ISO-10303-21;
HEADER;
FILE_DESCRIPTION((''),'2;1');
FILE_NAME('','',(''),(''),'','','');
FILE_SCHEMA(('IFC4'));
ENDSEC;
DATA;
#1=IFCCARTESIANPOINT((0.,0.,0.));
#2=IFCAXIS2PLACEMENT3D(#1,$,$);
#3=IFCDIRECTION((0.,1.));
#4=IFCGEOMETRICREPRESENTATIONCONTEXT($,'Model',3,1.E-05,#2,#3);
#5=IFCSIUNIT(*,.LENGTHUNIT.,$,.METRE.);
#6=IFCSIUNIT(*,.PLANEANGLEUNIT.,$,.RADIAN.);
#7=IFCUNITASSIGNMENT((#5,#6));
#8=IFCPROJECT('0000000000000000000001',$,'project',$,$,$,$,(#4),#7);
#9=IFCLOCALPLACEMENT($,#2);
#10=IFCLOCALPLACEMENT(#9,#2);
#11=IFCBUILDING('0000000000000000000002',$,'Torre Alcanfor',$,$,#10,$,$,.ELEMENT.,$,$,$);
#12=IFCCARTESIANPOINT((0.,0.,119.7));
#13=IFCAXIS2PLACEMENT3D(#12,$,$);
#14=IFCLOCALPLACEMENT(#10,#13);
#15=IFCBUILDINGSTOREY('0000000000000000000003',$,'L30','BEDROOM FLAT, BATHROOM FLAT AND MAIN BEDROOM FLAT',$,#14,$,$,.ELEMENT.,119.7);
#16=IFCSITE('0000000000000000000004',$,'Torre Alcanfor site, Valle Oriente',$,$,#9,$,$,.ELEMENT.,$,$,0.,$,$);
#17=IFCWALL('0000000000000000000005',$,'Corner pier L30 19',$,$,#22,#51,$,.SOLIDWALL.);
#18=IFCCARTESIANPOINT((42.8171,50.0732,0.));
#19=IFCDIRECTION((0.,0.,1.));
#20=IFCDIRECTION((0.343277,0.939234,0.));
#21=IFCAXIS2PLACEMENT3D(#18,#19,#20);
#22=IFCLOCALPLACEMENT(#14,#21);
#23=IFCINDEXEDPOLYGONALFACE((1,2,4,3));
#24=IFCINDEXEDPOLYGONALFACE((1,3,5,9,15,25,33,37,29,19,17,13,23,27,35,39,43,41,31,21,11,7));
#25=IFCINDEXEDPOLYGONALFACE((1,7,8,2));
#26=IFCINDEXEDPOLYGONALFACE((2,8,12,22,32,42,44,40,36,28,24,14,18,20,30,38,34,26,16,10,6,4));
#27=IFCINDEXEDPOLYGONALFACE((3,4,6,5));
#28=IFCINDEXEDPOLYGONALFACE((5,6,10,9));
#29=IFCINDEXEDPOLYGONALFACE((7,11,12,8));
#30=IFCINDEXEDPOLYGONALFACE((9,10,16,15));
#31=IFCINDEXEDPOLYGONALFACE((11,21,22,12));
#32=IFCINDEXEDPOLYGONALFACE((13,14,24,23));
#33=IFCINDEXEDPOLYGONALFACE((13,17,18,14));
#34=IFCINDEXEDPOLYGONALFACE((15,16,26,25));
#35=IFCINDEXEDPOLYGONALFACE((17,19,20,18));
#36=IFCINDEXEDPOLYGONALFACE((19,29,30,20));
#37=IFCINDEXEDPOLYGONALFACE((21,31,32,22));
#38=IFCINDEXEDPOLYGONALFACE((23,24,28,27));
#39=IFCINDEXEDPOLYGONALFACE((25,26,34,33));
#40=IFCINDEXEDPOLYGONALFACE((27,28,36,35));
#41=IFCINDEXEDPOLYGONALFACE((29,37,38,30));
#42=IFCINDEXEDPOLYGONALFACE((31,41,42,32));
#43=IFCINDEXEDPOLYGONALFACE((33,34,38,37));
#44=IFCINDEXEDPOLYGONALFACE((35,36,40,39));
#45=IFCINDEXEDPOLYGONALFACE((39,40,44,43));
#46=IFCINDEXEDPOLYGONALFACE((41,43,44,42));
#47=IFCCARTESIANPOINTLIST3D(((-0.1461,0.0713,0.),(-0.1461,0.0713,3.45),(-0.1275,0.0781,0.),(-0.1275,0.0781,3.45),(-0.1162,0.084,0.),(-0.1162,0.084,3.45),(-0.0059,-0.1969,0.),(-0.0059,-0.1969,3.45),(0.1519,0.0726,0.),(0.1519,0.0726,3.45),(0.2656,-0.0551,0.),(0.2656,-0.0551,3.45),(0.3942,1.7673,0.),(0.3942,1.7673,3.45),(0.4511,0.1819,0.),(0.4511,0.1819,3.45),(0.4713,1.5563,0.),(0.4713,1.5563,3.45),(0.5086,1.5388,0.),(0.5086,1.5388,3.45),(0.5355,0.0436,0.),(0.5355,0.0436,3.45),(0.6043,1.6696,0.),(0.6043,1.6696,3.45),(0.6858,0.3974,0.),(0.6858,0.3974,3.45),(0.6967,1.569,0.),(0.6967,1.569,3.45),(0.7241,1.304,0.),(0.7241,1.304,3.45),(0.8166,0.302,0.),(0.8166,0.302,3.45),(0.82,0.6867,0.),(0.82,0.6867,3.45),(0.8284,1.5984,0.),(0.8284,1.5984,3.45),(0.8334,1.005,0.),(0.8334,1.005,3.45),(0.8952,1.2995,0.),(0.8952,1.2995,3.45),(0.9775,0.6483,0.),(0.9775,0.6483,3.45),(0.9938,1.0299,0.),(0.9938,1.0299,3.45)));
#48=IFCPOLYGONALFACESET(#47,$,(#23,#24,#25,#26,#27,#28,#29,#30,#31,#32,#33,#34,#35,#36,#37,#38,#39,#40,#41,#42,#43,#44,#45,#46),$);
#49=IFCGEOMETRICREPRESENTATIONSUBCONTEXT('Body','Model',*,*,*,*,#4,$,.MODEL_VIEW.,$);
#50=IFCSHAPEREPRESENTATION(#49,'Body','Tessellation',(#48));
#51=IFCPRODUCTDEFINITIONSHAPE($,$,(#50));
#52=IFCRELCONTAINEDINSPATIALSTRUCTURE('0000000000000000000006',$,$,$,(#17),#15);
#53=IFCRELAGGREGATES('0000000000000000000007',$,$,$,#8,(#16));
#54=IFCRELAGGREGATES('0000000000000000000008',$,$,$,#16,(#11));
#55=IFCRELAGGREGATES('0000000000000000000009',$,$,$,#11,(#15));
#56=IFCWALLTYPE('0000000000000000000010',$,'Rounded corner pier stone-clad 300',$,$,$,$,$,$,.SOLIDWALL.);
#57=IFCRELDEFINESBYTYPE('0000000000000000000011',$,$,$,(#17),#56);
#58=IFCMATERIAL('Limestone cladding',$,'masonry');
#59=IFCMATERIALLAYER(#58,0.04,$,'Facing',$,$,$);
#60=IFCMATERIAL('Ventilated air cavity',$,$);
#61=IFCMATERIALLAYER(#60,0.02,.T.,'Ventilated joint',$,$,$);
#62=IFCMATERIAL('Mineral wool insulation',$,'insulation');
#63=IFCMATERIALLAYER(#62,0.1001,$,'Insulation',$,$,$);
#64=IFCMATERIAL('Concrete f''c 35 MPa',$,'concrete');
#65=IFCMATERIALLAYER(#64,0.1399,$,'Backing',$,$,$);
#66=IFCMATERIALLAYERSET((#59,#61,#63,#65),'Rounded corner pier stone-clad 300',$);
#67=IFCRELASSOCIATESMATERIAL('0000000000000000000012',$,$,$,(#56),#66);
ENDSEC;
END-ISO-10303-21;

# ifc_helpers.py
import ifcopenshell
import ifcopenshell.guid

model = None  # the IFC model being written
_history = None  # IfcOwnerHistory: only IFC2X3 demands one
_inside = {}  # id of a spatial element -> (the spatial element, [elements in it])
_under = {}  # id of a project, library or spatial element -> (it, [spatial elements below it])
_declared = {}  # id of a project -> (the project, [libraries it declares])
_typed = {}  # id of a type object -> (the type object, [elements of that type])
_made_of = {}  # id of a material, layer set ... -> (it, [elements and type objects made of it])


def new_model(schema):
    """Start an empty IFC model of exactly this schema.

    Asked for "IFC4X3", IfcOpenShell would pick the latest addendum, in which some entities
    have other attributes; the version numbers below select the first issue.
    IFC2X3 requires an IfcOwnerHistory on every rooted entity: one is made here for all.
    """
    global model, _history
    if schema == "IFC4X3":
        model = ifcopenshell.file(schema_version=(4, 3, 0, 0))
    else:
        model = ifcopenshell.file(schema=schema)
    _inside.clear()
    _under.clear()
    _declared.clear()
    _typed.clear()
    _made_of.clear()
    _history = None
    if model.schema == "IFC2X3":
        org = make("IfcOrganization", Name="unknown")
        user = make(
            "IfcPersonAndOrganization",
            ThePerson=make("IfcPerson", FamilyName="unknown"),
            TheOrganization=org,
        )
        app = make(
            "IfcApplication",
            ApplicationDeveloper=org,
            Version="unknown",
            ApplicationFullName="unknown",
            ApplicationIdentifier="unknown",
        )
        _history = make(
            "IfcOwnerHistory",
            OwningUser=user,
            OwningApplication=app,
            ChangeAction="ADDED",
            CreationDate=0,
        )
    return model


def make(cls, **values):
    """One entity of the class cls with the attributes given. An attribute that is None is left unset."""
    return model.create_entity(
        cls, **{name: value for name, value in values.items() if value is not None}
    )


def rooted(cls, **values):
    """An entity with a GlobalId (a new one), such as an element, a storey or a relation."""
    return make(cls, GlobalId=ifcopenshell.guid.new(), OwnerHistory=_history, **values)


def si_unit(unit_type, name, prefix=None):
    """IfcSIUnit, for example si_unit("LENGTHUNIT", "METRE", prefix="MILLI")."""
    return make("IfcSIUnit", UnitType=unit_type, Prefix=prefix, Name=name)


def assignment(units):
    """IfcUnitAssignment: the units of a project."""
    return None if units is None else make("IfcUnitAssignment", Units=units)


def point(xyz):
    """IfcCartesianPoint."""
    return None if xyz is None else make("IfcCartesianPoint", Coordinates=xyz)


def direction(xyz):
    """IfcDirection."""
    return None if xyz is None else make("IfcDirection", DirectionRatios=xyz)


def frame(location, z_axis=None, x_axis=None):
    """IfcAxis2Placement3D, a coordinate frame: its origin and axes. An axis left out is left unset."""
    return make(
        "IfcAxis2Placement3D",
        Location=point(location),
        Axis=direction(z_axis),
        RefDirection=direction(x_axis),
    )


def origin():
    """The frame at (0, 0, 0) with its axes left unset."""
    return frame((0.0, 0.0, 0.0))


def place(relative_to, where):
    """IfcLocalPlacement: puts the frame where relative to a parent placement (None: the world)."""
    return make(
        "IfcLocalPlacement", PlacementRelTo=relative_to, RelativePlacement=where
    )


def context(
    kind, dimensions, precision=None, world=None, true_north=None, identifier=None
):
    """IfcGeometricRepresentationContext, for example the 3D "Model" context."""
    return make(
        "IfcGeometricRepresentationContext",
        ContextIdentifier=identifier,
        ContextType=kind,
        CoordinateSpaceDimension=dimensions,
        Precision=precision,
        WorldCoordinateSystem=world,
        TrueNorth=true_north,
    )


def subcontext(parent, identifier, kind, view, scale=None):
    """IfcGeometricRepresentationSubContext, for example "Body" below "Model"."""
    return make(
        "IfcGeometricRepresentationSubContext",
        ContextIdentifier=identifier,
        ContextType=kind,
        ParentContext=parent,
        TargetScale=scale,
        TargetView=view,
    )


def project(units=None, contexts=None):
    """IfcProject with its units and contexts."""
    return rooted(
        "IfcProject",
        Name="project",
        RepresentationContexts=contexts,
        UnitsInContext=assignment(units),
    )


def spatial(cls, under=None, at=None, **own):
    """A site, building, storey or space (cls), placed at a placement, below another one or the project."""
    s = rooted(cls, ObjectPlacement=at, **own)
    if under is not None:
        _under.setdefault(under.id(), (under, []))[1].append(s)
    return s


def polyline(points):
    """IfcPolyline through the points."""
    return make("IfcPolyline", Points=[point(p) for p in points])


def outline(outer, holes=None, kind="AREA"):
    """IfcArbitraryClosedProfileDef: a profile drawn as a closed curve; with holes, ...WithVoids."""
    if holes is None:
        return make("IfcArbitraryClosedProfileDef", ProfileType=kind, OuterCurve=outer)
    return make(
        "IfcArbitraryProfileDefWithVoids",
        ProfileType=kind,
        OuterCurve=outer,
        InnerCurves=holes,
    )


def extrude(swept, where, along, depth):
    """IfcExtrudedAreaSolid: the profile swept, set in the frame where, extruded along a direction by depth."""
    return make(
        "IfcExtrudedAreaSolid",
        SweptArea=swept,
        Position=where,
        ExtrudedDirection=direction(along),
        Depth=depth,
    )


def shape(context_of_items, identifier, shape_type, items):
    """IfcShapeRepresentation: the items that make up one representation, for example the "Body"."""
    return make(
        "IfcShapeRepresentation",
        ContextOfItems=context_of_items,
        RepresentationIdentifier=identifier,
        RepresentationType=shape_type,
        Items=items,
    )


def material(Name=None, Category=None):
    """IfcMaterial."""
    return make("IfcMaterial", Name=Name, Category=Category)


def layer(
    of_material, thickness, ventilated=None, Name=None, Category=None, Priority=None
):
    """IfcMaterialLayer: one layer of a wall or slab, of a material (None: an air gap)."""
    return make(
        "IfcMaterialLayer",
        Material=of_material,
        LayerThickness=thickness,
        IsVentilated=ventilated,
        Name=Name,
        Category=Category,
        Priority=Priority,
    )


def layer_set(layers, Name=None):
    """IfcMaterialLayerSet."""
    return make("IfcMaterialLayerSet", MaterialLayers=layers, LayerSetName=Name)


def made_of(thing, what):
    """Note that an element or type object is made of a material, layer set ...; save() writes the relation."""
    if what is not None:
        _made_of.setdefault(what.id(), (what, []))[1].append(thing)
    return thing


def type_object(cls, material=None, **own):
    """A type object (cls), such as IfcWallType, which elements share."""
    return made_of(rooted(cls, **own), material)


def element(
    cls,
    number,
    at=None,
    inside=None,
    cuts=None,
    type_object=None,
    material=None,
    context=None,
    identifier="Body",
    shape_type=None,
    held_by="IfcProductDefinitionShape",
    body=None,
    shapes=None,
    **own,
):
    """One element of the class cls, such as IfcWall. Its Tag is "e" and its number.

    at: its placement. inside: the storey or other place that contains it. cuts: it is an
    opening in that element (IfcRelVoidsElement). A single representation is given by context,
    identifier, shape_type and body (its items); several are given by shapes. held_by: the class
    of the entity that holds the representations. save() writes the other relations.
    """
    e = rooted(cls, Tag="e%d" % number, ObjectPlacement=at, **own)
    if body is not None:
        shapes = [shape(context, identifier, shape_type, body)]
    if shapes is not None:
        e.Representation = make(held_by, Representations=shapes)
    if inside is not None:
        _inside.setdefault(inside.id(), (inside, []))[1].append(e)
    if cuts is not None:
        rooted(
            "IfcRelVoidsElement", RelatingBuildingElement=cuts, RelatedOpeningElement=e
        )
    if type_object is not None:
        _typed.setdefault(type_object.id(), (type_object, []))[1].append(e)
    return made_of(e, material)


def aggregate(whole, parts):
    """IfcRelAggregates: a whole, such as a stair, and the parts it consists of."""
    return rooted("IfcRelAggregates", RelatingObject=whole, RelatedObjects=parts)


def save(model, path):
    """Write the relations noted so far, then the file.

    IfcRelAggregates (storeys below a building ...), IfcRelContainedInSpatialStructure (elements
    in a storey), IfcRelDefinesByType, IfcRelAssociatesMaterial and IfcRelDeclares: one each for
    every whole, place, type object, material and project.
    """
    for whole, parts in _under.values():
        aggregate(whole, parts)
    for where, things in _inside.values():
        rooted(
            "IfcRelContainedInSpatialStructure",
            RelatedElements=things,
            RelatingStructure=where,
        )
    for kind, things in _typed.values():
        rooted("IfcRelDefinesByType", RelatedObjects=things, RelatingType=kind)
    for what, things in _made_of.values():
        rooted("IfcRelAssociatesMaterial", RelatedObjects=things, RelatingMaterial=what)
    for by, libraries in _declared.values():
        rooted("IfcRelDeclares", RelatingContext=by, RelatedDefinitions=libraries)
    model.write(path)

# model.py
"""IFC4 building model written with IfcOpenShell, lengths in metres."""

from ifc_helpers import new_model, si_unit, direction, frame, origin, place, context, subcontext, project, spatial, polyline, outline, extrude, material, layer, layer_set, type_object, element, save


model = new_model("IFC4")

# Units and contexts
model_context = context("Model", 3, precision=1e-05, world=origin(), true_north=direction((0.0, 1.0)))
body_context = subcontext(model_context, "Body", "Model", "MODEL_VIEW")
ifc_project = project(units=[si_unit("LENGTHUNIT", "METRE"), si_unit("PLANEANGLEUNIT", "RADIAN")], contexts=[model_context])

# Site, building, storey
site_placement = place(None, origin())
site = spatial("IfcSite", under=ifc_project, at=site_placement, Name="Torre Alcanfor site, Valle Oriente", CompositionType="ELEMENT", RefElevation=0.0)
building_placement = place(site_placement, origin())
building = spatial("IfcBuilding", under=site, at=building_placement, Name="Torre Alcanfor", CompositionType="ELEMENT")
storey_placement = place(building_placement, frame((0.0, 0.0, 119.7)))
storey = spatial("IfcBuildingStorey", under=building, at=storey_placement, Name="L30", Description="BEDROOM FLAT, BATHROOM FLAT AND MAIN BEDROOM FLAT", CompositionType="ELEMENT", Elevation=119.7)

# Shared definitions
ifc_material_1 = material(Name="Limestone cladding", Category="masonry")
ifc_material_2 = material(Name="Ventilated air cavity")
ifc_material_3 = material(Name="Mineral wool insulation", Category="insulation")
ifc_material_4 = material(Name="Concrete f'c 35 MPa", Category="concrete")

# Wall
ifc_layer_1 = layer(ifc_material_1, 0.04, Name="Facing")
ifc_layer_2 = layer(ifc_material_2, 0.02, ventilated=True, Name="Ventilated joint")
ifc_layer_3 = layer(ifc_material_3, 0.1001, Name="Insulation")
ifc_layer_4 = layer(ifc_material_4, 0.1399, Name="Backing")
ifc_layer_set_1 = layer_set([ifc_layer_1, ifc_layer_2, ifc_layer_3, ifc_layer_4], Name="Rounded corner pier stone-clad 300")
wall_type_1 = type_object("IfcWallType", Name="Rounded corner pier stone-clad 300", PredefinedType="SOLIDWALL", material=ifc_layer_set_1)
wall_1_placement = place(storey_placement, frame((42.8171, 50.0732, 0.0), z_axis=(0.0, 0.0, 1.0), x_axis=(0.343277, 0.939234, 0.0)))
element("IfcWall", 1, at=wall_1_placement, inside=storey, type_object=wall_type_1, Name="Corner pier L30 19", PredefinedType="SOLIDWALL", context=body_context, shape_type="SweptSolid", body=[
    extrude(outline(polyline([(0.2656, -0.0551), (0.5355, 0.0436), (0.8166, 0.302), (0.9775, 0.6483), (0.9938, 1.0299), (0.8952, 1.2995), (0.8284, 1.5984), (0.6967, 1.569), (0.6043, 1.6696), (0.3942, 1.7673), (0.4713, 1.5563), (0.5086, 1.5388), (0.7241, 1.304), (0.8334, 1.005), (0.82, 0.6867), (0.6858, 0.3974), (0.4511, 0.1819), (0.1519, 0.0726), (-0.1162, 0.084), (-0.1275, 0.0781), (-0.1461, 0.0713), (-0.0059, -0.1969), (0.2656, -0.0551)])), origin(), (0.0, 0.0, 1.0), 3.45),
])

save(model, "model.ifc")
